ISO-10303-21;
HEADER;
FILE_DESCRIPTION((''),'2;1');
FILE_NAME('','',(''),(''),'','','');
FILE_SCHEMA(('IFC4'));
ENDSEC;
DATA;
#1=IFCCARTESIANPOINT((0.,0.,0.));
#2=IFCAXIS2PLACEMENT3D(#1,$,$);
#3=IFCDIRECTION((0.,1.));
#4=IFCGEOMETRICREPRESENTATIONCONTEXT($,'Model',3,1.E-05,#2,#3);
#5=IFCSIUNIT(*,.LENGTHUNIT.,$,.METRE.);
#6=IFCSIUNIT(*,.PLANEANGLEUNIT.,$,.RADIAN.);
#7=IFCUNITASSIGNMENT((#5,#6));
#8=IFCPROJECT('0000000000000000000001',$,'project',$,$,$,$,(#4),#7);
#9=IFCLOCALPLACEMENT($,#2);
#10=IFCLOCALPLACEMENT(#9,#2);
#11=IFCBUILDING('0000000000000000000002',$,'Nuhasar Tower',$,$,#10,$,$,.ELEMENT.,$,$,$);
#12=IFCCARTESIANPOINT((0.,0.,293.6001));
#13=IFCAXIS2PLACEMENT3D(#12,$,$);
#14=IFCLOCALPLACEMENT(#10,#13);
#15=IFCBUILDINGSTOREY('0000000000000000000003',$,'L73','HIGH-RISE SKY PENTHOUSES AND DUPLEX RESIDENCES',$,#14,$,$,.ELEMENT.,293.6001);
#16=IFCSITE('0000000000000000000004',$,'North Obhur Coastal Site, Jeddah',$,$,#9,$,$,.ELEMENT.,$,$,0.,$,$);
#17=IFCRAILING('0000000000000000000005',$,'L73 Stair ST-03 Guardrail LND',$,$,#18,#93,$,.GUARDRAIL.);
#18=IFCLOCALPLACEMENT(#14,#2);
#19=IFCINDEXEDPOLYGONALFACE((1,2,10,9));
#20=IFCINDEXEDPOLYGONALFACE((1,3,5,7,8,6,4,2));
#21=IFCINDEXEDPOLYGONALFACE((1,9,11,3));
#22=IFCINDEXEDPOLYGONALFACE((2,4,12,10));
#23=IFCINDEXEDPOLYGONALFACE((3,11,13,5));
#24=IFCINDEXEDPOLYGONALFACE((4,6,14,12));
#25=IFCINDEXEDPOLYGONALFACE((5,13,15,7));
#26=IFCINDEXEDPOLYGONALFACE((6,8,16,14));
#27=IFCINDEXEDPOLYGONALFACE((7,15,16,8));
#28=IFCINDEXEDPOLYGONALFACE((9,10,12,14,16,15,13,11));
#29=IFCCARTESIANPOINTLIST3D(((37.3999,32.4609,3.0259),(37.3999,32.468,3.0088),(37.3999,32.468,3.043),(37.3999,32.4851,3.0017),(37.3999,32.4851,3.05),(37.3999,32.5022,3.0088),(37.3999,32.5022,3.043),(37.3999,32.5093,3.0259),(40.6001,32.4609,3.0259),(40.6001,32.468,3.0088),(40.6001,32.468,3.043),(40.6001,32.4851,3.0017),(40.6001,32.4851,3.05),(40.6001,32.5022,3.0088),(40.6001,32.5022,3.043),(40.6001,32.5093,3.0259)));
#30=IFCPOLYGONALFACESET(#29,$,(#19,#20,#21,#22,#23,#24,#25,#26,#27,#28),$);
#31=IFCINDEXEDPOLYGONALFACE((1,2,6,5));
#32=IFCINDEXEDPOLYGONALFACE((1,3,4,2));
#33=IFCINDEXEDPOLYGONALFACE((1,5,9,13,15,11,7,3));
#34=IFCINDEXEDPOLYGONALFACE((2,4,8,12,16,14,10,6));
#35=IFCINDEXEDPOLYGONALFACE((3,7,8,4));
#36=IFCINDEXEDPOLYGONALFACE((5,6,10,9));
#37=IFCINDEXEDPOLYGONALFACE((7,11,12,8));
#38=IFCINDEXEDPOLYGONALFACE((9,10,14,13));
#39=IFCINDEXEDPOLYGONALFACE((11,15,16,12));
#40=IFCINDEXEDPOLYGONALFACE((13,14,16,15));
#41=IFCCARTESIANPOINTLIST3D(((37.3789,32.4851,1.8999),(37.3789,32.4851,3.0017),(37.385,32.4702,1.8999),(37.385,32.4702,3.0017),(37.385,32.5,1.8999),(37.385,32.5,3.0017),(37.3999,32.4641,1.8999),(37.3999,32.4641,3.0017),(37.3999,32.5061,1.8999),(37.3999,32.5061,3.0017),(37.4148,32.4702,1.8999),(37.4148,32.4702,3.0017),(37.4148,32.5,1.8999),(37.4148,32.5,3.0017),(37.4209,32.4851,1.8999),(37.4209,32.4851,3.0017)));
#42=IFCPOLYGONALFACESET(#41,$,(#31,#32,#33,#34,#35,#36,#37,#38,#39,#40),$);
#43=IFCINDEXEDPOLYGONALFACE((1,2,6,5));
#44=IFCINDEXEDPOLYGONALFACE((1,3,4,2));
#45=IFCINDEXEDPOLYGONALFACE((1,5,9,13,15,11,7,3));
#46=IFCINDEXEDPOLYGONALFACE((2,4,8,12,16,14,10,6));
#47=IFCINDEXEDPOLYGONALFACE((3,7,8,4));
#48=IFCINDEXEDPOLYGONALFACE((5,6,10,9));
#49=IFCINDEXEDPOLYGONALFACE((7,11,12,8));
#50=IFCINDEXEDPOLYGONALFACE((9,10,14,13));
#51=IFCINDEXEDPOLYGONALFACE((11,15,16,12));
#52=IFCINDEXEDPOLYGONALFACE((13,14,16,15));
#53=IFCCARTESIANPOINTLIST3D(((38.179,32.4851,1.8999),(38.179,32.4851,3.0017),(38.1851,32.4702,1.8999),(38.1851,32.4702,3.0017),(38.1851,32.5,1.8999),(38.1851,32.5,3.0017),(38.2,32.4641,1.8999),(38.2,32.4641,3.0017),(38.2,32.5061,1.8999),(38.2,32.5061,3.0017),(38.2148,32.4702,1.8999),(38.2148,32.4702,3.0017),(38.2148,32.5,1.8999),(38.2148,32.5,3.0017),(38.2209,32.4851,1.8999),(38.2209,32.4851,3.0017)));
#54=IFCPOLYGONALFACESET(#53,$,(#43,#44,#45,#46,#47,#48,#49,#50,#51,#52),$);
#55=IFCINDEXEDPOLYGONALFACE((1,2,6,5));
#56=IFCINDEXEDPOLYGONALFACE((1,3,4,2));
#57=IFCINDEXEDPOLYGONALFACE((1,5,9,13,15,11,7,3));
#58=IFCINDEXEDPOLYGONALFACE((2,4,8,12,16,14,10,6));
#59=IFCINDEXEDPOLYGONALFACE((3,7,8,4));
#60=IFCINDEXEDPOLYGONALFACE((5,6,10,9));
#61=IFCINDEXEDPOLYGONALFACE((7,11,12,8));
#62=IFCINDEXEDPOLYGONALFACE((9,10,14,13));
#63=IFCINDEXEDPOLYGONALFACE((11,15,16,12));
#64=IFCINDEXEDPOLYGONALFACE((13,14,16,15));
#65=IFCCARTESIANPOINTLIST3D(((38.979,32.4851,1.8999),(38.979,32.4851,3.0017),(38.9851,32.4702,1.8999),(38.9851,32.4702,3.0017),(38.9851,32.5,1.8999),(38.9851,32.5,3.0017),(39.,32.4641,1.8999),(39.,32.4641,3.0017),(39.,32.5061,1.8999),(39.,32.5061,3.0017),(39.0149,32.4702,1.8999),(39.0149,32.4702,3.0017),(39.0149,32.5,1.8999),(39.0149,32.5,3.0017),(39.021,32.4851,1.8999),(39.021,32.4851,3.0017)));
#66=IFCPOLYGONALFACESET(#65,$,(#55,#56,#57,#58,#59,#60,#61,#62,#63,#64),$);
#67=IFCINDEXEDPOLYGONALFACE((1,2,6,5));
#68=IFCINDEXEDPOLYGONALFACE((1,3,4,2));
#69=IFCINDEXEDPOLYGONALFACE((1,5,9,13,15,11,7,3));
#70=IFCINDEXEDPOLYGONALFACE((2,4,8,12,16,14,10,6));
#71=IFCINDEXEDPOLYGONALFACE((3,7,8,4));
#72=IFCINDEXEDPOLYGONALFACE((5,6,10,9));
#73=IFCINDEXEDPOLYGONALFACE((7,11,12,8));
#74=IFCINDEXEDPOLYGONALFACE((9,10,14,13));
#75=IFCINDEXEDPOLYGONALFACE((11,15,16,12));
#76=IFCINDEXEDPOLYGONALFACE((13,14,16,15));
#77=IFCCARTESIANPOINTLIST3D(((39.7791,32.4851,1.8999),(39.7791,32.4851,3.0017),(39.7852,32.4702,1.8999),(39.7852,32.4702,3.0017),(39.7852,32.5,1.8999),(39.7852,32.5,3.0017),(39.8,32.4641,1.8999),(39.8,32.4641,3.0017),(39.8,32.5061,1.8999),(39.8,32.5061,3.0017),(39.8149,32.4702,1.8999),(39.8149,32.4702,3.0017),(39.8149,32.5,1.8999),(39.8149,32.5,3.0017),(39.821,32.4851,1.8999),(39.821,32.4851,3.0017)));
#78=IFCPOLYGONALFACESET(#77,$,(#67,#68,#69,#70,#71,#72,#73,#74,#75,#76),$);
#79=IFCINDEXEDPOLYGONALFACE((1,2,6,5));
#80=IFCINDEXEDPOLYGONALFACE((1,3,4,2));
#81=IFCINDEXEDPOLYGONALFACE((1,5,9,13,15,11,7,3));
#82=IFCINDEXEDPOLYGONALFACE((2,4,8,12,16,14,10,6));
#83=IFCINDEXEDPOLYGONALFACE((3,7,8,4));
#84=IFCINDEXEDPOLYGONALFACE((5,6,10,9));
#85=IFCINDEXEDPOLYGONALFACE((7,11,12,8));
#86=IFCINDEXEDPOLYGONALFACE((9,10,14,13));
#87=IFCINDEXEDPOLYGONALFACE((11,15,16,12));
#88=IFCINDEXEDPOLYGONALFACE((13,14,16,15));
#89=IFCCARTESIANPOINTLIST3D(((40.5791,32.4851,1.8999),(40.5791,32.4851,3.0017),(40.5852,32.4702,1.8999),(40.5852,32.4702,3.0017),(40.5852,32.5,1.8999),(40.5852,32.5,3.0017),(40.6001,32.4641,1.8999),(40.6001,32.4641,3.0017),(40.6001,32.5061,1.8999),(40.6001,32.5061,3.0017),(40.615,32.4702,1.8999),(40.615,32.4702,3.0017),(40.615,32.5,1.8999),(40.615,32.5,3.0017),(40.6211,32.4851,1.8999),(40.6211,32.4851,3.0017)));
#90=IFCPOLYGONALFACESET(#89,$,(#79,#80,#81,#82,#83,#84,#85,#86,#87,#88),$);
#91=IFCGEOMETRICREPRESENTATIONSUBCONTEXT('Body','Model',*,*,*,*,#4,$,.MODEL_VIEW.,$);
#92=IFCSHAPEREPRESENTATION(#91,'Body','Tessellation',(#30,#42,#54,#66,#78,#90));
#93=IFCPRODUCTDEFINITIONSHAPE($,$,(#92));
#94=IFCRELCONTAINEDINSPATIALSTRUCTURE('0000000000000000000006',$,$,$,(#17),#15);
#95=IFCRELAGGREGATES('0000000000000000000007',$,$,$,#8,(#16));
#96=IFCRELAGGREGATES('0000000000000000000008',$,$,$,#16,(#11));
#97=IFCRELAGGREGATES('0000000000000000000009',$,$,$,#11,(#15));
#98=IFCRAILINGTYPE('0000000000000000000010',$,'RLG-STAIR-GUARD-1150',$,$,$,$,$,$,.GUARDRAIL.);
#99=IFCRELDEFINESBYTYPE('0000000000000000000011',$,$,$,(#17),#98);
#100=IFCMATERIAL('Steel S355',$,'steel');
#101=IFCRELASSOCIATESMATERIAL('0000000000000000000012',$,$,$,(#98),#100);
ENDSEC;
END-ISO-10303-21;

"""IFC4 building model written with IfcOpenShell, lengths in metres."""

from ifc_helpers import new_model, si_unit, direction, frame, origin, place, context, subcontext, project, spatial, polyline, outline, extrude, material, type_object, element, save


model = new_model("IFC4")

# Units and contexts
model_context = context("Model", 3, precision=1e-05, world=origin(), true_north=direction((0.0, 1.0)))
body_context = subcontext(model_context, "Body", "Model", "MODEL_VIEW")
ifc_project = project(units=[si_unit("LENGTHUNIT", "METRE"), si_unit("PLANEANGLEUNIT", "RADIAN")], contexts=[model_context])

# Site, building, storey
site_placement = place(None, origin())
site = spatial("IfcSite", under=ifc_project, at=site_placement, Name="North Obhur Coastal Site, Jeddah", CompositionType="ELEMENT", RefElevation=0.0)
building_placement = place(site_placement, origin())
building = spatial("IfcBuilding", under=site, at=building_placement, Name="Nuhasar Tower", CompositionType="ELEMENT")
storey_placement = place(building_placement, frame((0.0, 0.0, 293.6001)))
storey = spatial("IfcBuildingStorey", under=building, at=storey_placement, Name="L73", Description="HIGH-RISE SKY PENTHOUSES AND DUPLEX RESIDENCES", CompositionType="ELEMENT", Elevation=293.6001)

# Shared definitions
ifc_material_1 = material(Name="Steel S355", Category="steel")

# Railing
railing_type_1 = type_object("IfcRailingType", Name="RLG-STAIR-GUARD-1150", PredefinedType="GUARDRAIL", material=ifc_material_1)
railing_1_placement = place(storey_placement, frame((37.3999, 32.4851, 1.8999)))
element("IfcRailing", 1, at=railing_1_placement, inside=storey, type_object=railing_type_1, Name="L73 Stair ST-03 Guardrail LND", PredefinedType="GUARDRAIL", context=body_context, shape_type="SweptSolid", body=[
    extrude(outline(polyline([(0.0242, 0.0), (0.0171, 0.0171), (0.0, 0.0242), (-0.0171, 0.0171), (-0.0242, 0.0), (-0.0171, -0.0171), (0.0, -0.0242), (0.0171, -0.0171), (0.0242, 0.0)])), frame((0.0, 0.0, 1.126), z_axis=(1.0, 0.0, 0.0), x_axis=(0.0, 1.0, 0.0)), (0.0, 0.0, 1.0), 3.2002),
    extrude(outline(polyline([(0.021, 0.0), (0.0149, 0.0149), (0.0, 0.021), (-0.0149, 0.0149), (-0.021, 0.0), (-0.0149, -0.0149), (0.0, -0.021), (0.0149, -0.0149), (0.021, 0.0)])), origin(), (0.0, 0.0, 1.0), 1.1018),
    extrude(outline(polyline([(0.021, 0.0), (0.0149, 0.0149), (0.0, 0.021), (-0.0149, 0.0149), (-0.021, 0.0), (-0.0149, -0.0149), (0.0, -0.021), (0.0149, -0.0149), (0.021, 0.0)])), frame((0.8, 0.0, 0.0)), (0.0, 0.0, 1.0), 1.1018),
    extrude(outline(polyline([(0.021, 0.0), (0.0149, 0.0149), (0.0, 0.021), (-0.0149, 0.0149), (-0.021, 0.0), (-0.0149, -0.0149), (0.0, -0.021), (0.0149, -0.0149), (0.021, 0.0)])), frame((1.6001, 0.0, 0.0)), (0.0, 0.0, 1.0), 1.1018),
    extrude(outline(polyline([(0.021, 0.0), (0.0149, 0.0149), (0.0, 0.021), (-0.0149, 0.0149), (-0.021, 0.0), (-0.0149, -0.0149), (0.0, -0.021), (0.0149, -0.0149), (0.021, 0.0)])), frame((2.4001, 0.0, 0.0)), (0.0, 0.0, 1.0), 1.1018),
    extrude(outline(polyline([(0.021, 0.0), (0.0149, 0.0149), (0.0, 0.021), (-0.0149, 0.0149), (-0.021, 0.0), (-0.0149, -0.0149), (0.0, -0.021), (0.0149, -0.0149), (0.021, 0.0)])), frame((3.2002, 0.0, 0.0)), (0.0, 0.0, 1.0), 1.1018),
])

save(model, "model.ifc")
